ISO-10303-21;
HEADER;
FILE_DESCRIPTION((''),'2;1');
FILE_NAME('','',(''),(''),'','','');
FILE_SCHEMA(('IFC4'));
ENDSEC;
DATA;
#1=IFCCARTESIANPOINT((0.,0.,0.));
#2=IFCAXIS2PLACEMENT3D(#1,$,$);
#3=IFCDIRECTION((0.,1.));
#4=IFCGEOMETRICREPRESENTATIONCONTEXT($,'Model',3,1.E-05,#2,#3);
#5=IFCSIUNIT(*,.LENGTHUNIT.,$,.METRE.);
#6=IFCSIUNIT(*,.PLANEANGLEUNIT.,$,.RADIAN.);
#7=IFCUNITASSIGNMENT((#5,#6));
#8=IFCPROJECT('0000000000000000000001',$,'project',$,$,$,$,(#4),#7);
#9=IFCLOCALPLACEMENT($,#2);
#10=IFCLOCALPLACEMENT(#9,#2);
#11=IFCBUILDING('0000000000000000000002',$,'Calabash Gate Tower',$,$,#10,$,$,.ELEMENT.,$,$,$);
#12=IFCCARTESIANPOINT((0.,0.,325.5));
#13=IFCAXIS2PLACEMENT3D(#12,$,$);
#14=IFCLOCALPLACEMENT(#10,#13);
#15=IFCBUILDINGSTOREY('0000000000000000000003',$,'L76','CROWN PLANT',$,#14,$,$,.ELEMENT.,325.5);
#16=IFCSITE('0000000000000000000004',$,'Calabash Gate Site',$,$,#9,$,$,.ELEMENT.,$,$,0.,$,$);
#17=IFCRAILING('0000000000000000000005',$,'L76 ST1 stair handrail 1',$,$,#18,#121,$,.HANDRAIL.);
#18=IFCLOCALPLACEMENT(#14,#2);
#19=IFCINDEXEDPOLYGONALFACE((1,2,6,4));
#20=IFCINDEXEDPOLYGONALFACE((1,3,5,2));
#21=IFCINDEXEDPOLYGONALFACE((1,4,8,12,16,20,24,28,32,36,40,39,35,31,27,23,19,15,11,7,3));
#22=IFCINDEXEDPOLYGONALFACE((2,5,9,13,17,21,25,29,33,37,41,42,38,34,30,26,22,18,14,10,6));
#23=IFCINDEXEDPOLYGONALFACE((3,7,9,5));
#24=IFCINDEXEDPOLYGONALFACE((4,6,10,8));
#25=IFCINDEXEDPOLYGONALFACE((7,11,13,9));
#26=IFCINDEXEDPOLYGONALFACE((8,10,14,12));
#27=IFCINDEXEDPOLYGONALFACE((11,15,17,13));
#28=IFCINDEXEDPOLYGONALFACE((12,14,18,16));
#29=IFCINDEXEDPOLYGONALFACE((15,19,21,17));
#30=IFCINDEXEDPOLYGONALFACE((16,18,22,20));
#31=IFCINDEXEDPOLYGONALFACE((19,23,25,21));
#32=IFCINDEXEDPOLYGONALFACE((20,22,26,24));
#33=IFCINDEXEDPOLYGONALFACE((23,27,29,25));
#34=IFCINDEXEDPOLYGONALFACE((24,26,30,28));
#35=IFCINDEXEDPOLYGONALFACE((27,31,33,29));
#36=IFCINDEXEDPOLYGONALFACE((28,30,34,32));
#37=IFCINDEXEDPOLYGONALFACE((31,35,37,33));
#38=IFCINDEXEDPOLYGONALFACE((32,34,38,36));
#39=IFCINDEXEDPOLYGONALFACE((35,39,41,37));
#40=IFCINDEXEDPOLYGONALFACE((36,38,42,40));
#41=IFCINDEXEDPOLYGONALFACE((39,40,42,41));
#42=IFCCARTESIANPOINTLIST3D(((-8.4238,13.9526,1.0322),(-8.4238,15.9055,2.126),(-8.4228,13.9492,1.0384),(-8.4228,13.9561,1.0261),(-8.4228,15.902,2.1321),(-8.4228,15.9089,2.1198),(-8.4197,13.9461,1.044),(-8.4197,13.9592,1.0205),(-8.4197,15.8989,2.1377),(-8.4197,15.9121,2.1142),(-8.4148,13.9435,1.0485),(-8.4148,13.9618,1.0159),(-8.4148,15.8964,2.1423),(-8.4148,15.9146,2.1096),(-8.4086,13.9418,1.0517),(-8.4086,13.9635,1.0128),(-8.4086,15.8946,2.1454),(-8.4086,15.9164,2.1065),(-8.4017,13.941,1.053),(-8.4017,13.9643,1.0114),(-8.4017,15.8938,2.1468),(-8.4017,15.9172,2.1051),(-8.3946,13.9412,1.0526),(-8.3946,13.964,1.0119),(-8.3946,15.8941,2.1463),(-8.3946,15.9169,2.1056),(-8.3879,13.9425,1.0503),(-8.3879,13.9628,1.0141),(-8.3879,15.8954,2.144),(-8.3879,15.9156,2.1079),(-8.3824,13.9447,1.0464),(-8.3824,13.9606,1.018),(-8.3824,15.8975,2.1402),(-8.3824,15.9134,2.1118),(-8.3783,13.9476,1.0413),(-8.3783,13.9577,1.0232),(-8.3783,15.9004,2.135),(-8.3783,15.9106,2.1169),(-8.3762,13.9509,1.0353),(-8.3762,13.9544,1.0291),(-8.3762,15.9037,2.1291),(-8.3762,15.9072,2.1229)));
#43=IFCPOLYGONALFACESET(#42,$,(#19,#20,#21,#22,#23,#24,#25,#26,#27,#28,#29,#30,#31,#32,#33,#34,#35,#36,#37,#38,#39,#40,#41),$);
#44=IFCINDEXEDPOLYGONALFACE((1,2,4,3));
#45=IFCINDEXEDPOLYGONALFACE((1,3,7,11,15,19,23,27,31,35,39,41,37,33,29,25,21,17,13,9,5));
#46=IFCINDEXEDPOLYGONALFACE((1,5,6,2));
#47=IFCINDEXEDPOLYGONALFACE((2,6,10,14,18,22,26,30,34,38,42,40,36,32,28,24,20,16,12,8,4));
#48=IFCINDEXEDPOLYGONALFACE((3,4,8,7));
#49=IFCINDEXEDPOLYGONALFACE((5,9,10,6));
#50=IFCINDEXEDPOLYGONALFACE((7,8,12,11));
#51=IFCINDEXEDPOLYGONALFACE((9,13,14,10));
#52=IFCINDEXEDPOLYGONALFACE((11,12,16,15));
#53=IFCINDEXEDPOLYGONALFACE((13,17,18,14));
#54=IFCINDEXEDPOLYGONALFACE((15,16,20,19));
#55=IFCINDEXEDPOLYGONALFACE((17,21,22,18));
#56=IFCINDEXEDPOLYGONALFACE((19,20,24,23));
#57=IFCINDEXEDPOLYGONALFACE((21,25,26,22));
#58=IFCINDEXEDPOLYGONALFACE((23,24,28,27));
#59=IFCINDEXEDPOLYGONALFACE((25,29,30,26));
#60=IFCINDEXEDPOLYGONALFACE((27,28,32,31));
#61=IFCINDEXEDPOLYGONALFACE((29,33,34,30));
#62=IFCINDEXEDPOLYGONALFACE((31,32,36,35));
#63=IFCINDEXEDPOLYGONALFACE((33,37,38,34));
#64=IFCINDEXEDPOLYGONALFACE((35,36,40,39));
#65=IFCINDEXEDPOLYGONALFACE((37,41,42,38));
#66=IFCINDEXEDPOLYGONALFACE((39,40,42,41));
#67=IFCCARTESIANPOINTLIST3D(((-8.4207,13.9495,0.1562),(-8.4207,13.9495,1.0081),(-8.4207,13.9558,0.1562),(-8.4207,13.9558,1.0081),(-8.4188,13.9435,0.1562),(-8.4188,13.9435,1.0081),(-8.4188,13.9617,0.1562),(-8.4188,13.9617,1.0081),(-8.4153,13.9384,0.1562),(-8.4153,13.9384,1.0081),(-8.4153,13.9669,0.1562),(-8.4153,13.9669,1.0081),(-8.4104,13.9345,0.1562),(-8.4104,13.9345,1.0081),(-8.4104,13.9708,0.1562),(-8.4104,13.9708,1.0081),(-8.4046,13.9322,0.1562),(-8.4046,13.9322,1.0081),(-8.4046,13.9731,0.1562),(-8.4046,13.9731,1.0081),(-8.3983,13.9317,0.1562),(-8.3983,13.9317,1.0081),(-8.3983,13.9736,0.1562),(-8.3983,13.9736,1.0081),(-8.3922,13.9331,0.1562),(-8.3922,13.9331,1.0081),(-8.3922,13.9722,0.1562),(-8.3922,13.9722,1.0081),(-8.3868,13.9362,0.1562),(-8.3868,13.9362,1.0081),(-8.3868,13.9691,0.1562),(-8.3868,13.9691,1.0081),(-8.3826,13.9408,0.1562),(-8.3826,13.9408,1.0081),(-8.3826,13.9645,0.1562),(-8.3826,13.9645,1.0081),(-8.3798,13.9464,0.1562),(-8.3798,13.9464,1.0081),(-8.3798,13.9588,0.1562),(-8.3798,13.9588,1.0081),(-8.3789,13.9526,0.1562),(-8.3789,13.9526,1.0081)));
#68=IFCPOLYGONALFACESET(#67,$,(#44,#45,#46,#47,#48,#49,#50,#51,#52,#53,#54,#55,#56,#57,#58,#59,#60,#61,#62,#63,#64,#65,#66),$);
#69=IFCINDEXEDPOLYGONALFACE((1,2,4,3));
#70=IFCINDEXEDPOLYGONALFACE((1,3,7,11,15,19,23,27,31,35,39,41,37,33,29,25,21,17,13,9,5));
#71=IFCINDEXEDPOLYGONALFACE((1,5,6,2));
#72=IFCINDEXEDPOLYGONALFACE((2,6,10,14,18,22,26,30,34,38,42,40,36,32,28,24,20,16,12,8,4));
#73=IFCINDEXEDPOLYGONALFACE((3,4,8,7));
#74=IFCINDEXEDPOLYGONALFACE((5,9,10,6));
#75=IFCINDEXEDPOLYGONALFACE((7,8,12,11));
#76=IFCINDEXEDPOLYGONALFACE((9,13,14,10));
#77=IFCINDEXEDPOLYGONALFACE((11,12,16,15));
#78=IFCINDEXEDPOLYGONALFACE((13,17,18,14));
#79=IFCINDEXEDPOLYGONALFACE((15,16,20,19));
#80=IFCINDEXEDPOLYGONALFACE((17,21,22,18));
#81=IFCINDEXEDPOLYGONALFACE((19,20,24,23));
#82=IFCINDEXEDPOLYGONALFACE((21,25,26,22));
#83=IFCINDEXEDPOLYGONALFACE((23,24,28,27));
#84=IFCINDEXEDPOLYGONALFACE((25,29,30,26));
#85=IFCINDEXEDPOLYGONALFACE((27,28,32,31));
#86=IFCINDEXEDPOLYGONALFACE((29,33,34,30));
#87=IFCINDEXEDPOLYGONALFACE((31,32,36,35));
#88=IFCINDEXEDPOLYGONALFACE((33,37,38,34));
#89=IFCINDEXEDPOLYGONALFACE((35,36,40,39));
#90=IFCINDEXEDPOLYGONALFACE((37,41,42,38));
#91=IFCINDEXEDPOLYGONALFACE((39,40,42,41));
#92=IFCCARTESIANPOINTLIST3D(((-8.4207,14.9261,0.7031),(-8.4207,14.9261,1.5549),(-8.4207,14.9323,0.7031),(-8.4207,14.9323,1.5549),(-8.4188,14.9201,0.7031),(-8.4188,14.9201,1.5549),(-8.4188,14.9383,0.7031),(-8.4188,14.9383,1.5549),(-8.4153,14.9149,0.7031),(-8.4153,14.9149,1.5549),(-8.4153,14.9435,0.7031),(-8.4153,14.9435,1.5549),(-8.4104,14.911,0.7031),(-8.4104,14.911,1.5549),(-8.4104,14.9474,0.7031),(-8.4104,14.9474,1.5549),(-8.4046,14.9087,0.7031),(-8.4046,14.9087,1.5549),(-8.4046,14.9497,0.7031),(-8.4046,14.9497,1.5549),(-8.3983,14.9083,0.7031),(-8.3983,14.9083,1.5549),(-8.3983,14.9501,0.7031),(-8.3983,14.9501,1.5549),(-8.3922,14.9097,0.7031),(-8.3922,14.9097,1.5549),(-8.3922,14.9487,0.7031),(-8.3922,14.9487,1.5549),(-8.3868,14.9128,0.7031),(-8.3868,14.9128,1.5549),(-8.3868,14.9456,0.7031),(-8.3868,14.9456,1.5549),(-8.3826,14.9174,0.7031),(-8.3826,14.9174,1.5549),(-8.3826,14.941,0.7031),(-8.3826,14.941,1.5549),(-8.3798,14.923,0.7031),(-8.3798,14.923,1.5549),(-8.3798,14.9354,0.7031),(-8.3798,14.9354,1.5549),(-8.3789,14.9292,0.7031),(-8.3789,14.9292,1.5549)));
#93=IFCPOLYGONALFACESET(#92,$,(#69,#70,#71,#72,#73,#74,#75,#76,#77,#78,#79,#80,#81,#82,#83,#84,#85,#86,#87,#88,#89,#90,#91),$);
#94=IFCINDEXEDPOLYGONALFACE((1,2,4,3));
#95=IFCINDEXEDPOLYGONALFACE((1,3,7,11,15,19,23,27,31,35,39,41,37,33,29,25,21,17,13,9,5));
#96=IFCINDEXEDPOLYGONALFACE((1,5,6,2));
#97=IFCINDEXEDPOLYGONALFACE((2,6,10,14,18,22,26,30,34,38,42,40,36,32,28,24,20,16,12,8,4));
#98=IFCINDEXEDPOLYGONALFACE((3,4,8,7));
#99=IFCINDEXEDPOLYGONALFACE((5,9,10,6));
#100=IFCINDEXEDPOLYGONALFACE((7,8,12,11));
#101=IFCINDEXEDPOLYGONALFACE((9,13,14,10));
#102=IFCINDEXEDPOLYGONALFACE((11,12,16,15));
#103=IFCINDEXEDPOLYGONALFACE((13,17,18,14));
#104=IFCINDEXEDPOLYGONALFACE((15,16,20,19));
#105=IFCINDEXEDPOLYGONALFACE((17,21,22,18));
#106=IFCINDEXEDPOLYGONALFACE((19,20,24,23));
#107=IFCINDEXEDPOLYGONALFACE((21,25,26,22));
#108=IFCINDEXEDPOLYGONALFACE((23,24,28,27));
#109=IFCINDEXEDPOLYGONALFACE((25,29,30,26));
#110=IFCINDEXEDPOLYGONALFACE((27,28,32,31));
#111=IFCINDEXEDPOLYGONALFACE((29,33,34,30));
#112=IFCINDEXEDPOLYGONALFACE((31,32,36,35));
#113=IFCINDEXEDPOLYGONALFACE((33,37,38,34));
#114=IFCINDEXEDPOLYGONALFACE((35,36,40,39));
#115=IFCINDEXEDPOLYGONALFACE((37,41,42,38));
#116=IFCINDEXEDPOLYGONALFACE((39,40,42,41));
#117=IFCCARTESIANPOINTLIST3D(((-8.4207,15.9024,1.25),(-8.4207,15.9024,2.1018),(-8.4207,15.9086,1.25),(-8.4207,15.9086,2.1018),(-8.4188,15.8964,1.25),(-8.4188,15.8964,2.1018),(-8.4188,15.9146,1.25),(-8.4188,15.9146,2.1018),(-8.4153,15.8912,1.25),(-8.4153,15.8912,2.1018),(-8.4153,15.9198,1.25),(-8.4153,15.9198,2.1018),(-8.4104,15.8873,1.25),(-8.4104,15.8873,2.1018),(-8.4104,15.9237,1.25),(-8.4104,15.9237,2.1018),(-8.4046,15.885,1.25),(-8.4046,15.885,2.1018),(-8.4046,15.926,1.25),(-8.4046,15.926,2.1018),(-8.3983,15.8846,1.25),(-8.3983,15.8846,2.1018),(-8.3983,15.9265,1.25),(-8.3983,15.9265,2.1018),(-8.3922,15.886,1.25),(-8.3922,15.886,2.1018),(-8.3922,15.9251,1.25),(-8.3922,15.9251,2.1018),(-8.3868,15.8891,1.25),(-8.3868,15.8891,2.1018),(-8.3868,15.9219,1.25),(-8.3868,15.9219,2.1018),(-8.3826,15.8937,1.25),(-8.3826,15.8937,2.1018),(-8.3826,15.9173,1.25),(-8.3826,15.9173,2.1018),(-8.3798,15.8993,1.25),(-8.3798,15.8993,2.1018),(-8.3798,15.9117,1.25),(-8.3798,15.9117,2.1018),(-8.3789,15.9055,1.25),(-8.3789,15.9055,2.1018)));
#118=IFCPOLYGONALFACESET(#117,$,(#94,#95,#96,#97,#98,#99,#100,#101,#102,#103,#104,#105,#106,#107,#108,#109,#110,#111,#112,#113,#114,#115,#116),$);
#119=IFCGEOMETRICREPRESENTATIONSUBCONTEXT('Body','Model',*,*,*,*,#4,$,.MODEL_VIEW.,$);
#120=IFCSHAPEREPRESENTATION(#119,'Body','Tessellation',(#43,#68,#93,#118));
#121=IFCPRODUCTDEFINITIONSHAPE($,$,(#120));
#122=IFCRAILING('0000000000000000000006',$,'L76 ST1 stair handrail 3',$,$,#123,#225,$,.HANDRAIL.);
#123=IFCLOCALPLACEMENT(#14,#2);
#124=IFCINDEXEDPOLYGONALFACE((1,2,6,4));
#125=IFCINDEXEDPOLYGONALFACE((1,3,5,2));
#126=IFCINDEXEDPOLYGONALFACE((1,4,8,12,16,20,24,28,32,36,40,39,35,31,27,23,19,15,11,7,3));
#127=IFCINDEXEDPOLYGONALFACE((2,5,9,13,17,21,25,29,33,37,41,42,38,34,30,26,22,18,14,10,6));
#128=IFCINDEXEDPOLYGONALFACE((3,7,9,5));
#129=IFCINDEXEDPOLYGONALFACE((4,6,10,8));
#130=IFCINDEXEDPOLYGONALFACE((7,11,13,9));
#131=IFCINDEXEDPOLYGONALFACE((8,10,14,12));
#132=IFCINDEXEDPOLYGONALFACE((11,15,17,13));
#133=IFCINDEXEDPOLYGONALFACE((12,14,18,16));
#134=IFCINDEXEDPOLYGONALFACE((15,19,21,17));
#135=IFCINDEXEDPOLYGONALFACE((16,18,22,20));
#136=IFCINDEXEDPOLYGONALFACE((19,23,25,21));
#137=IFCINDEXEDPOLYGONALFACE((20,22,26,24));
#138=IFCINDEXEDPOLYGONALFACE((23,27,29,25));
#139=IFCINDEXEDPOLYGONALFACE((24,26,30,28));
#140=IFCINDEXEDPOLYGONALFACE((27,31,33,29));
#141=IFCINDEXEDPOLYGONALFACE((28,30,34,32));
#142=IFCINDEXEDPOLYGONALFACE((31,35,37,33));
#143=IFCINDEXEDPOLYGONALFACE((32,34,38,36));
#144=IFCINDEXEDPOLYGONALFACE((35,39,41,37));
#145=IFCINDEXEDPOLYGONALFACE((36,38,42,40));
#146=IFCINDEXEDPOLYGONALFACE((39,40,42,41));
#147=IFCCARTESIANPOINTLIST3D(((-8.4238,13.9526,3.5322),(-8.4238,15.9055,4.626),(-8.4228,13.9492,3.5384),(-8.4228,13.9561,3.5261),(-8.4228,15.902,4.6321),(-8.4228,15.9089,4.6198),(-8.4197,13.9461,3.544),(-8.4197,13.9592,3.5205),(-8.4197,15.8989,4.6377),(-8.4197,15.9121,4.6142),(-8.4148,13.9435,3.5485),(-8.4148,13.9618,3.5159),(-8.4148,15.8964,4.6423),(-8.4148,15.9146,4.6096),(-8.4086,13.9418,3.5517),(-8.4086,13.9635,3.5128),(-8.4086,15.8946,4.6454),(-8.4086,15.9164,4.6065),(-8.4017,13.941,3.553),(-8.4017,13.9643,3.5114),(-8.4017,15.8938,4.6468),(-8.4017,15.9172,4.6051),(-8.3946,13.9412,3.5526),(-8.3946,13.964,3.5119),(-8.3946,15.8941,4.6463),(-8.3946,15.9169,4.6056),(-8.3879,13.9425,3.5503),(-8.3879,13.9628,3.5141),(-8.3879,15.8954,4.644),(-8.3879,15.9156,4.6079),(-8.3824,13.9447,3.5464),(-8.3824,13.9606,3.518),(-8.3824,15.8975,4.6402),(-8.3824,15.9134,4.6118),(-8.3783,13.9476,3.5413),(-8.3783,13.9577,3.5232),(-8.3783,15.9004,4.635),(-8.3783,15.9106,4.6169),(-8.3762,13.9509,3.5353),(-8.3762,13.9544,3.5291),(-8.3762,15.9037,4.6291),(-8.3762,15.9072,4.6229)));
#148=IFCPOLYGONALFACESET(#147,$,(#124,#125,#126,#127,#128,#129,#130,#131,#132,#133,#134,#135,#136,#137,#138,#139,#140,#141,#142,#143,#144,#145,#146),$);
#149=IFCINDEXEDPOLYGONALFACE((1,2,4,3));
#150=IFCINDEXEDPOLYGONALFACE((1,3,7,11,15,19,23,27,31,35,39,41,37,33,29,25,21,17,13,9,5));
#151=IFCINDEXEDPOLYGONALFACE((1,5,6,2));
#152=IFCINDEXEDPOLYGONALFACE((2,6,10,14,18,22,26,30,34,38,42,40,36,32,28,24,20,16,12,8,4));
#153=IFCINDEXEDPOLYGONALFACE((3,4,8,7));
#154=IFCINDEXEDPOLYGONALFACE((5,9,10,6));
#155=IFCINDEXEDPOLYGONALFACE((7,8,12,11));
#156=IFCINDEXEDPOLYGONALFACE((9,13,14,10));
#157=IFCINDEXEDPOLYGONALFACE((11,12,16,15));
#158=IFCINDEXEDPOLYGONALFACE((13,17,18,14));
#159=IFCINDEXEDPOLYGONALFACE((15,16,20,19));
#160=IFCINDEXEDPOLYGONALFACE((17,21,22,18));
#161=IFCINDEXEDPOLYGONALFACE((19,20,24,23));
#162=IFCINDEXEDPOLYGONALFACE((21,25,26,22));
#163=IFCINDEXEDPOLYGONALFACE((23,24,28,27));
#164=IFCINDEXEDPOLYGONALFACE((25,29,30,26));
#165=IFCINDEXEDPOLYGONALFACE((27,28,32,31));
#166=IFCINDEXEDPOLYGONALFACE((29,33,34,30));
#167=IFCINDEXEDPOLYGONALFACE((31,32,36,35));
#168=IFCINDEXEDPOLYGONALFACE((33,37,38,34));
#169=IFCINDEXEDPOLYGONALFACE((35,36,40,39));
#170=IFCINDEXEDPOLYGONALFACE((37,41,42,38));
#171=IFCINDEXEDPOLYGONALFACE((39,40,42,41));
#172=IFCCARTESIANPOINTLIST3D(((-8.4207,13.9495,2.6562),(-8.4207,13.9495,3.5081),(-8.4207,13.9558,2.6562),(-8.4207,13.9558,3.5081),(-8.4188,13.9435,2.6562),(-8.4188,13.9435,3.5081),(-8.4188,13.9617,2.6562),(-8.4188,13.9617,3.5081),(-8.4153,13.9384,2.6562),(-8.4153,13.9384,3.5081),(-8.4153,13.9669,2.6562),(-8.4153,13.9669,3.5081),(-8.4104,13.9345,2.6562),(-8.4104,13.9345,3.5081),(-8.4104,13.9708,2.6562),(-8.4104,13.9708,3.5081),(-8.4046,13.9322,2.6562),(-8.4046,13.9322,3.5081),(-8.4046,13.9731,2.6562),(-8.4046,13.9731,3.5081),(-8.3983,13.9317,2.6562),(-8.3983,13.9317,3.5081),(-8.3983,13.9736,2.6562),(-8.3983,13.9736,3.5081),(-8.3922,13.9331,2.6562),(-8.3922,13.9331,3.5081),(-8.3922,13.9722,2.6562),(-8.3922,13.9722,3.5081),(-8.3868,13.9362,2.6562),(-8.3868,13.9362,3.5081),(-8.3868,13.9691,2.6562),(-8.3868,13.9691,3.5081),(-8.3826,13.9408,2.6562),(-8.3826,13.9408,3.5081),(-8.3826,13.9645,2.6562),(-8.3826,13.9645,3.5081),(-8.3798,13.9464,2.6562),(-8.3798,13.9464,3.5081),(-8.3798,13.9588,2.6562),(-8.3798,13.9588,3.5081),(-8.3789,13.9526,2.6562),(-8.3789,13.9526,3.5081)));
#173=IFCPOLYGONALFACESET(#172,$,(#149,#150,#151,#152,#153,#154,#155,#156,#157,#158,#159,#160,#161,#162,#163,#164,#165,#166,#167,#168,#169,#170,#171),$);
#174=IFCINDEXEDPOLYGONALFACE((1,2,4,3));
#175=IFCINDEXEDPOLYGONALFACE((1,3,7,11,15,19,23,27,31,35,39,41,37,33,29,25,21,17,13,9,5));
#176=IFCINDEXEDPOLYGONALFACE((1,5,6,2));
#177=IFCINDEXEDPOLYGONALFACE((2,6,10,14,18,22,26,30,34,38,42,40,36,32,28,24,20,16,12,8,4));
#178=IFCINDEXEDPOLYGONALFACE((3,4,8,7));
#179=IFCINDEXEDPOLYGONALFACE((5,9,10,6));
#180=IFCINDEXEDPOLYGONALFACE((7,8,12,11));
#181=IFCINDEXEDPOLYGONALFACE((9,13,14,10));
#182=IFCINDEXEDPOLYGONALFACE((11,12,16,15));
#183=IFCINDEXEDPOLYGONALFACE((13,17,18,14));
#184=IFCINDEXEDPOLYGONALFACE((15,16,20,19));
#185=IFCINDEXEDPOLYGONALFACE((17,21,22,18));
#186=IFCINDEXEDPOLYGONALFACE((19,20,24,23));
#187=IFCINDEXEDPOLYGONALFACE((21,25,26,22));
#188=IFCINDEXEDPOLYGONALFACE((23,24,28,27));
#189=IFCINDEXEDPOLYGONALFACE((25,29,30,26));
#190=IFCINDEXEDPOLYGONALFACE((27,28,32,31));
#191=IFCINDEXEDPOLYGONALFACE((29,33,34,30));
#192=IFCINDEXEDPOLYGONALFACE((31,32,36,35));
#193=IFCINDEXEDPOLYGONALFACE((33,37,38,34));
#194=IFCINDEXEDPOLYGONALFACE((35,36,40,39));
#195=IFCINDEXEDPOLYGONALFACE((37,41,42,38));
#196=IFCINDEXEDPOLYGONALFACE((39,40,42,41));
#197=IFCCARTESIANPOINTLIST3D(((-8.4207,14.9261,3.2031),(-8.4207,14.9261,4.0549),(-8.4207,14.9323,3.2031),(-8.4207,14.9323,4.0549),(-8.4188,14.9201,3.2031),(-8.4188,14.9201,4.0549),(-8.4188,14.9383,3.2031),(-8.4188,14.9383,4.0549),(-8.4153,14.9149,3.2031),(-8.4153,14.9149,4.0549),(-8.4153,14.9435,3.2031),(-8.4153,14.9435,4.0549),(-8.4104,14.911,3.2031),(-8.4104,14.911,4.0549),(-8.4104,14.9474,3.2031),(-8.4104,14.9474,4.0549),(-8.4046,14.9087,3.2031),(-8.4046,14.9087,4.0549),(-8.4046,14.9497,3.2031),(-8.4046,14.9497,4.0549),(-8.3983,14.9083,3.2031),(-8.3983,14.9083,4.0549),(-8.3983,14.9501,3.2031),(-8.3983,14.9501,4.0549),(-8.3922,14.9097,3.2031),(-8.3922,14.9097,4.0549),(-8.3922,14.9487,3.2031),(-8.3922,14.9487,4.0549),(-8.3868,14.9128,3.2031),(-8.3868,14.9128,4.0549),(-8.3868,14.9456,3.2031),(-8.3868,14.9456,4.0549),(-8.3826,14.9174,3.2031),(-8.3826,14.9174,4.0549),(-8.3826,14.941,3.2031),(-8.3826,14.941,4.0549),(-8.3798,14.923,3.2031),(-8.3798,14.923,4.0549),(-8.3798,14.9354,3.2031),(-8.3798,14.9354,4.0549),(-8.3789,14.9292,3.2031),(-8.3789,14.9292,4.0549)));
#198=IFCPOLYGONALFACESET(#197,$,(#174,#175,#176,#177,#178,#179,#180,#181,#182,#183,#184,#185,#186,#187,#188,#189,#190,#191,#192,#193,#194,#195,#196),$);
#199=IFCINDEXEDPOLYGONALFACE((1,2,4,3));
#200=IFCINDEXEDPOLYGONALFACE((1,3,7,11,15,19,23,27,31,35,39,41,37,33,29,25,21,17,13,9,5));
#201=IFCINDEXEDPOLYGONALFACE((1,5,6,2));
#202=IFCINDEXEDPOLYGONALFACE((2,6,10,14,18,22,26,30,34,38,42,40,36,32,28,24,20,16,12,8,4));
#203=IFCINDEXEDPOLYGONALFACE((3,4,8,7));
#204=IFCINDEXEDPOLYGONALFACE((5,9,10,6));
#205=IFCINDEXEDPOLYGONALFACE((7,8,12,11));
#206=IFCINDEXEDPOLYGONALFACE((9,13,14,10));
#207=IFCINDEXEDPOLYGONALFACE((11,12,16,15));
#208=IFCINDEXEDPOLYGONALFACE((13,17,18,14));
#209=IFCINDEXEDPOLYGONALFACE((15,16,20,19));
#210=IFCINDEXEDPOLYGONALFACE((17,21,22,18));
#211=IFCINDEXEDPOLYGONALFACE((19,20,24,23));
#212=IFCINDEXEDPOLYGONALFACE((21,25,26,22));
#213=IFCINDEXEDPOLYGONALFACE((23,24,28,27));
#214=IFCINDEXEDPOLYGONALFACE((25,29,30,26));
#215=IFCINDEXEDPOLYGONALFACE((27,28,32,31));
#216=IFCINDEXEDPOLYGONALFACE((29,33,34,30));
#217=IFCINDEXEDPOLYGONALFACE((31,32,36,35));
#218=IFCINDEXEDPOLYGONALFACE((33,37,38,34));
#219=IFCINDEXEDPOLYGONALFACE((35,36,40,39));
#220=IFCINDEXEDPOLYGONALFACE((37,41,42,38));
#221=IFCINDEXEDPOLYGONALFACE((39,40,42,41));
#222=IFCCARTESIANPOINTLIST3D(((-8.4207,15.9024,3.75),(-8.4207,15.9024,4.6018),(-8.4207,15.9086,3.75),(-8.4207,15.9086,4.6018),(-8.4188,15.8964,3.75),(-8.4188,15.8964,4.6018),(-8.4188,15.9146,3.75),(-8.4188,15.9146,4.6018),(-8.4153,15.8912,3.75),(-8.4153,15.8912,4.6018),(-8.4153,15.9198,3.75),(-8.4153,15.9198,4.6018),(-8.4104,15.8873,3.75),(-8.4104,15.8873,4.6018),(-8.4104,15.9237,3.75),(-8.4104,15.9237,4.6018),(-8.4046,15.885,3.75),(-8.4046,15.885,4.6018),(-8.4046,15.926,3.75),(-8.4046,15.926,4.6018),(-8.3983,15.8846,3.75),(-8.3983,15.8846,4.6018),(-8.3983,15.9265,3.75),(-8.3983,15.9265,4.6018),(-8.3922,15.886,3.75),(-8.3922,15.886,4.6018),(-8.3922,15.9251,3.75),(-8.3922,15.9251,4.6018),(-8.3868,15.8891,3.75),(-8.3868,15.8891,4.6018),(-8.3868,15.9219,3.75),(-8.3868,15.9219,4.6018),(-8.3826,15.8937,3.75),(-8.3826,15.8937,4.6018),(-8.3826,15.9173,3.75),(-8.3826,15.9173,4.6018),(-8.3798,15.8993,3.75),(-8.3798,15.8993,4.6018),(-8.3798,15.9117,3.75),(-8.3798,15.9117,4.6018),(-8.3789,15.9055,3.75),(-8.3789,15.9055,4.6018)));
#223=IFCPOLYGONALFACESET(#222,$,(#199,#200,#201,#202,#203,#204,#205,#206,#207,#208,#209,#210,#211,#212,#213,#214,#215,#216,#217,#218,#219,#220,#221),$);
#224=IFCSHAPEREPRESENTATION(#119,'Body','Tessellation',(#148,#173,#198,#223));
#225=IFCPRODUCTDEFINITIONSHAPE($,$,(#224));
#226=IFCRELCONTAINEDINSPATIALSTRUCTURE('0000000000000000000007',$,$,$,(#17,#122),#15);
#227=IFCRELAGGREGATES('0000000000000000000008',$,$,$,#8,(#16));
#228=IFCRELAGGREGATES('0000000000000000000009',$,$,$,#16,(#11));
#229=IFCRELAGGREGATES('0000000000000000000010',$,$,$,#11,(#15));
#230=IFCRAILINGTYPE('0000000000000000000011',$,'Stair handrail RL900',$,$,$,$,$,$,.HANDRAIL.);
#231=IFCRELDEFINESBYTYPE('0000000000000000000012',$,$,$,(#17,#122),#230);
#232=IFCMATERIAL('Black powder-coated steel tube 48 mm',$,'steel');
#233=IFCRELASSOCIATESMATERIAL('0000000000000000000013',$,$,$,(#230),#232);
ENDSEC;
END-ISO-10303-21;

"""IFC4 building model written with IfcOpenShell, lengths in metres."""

from ifc_helpers import new_model, si_unit, direction, frame, origin, origin_2d, place, context, subcontext, project, spatial, circle, extrude, material, type_object, element, save


model = new_model("IFC4")

# Units and contexts
model_context = context("Model", 3, precision=1e-05, world=origin(), true_north=direction((0.0, 1.0)))
body_context = subcontext(model_context, "Body", "Model", "MODEL_VIEW")
ifc_project = project(units=[si_unit("LENGTHUNIT", "METRE"), si_unit("PLANEANGLEUNIT", "RADIAN")], contexts=[model_context])

# Site, building, storey
site_placement = place(None, origin())
site = spatial("IfcSite", under=ifc_project, at=site_placement, Name="Calabash Gate Site", CompositionType="ELEMENT", RefElevation=0.0)
building_placement = place(site_placement, origin())
building = spatial("IfcBuilding", under=site, at=building_placement, Name="Calabash Gate Tower", CompositionType="ELEMENT")
storey_placement = place(building_placement, frame((0.0, 0.0, 325.5)))
storey = spatial("IfcBuildingStorey", under=building, at=storey_placement, Name="L76", Description="CROWN PLANT", CompositionType="ELEMENT", Elevation=325.5)

# Railings
ifc_material_1 = material(Name="Black powder-coated steel tube 48 mm", Category="steel")
railing_type_1 = type_object("IfcRailingType", Name="Stair handrail RL900", PredefinedType="HANDRAIL", material=ifc_material_1)
for number, where, name in (
    (1, (-8.3999, 13.9526, 0.1562), "L76 ST1 stair handrail 1"),
    (2, (-8.3999, 13.9526, 2.6562), "L76 ST1 stair handrail 3"),
):
    element("IfcRailing", number, at=place(storey_placement, frame(where)), inside=storey, type_object=railing_type_1, Name=name, PredefinedType="HANDRAIL", context=body_context, shape_type="SweptSolid", body=[
        extrude(circle(Radius=0.0239, at=origin_2d()), frame((0.0, 0.0, 0.876), z_axis=(0.0, 0.87248, 0.48865), x_axis=(-1.0, 0.0, 0.0)), (0.0, 0.0, 1.0), 2.2383),
        extrude(circle(Radius=0.021, at=origin_2d()), origin(), (0.0, 0.0, 1.0), 0.8518),
        extrude(circle(Radius=0.021, at=origin_2d()), frame((0.0, 0.9766, 0.5469)), (0.0, 0.0, 1.0), 0.8518),
        extrude(circle(Radius=0.021, at=origin_2d()), frame((0.0, 1.9529, 1.0938)), (0.0, 0.0, 1.0), 0.8518),
    ])

save(model, "model.ifc")
